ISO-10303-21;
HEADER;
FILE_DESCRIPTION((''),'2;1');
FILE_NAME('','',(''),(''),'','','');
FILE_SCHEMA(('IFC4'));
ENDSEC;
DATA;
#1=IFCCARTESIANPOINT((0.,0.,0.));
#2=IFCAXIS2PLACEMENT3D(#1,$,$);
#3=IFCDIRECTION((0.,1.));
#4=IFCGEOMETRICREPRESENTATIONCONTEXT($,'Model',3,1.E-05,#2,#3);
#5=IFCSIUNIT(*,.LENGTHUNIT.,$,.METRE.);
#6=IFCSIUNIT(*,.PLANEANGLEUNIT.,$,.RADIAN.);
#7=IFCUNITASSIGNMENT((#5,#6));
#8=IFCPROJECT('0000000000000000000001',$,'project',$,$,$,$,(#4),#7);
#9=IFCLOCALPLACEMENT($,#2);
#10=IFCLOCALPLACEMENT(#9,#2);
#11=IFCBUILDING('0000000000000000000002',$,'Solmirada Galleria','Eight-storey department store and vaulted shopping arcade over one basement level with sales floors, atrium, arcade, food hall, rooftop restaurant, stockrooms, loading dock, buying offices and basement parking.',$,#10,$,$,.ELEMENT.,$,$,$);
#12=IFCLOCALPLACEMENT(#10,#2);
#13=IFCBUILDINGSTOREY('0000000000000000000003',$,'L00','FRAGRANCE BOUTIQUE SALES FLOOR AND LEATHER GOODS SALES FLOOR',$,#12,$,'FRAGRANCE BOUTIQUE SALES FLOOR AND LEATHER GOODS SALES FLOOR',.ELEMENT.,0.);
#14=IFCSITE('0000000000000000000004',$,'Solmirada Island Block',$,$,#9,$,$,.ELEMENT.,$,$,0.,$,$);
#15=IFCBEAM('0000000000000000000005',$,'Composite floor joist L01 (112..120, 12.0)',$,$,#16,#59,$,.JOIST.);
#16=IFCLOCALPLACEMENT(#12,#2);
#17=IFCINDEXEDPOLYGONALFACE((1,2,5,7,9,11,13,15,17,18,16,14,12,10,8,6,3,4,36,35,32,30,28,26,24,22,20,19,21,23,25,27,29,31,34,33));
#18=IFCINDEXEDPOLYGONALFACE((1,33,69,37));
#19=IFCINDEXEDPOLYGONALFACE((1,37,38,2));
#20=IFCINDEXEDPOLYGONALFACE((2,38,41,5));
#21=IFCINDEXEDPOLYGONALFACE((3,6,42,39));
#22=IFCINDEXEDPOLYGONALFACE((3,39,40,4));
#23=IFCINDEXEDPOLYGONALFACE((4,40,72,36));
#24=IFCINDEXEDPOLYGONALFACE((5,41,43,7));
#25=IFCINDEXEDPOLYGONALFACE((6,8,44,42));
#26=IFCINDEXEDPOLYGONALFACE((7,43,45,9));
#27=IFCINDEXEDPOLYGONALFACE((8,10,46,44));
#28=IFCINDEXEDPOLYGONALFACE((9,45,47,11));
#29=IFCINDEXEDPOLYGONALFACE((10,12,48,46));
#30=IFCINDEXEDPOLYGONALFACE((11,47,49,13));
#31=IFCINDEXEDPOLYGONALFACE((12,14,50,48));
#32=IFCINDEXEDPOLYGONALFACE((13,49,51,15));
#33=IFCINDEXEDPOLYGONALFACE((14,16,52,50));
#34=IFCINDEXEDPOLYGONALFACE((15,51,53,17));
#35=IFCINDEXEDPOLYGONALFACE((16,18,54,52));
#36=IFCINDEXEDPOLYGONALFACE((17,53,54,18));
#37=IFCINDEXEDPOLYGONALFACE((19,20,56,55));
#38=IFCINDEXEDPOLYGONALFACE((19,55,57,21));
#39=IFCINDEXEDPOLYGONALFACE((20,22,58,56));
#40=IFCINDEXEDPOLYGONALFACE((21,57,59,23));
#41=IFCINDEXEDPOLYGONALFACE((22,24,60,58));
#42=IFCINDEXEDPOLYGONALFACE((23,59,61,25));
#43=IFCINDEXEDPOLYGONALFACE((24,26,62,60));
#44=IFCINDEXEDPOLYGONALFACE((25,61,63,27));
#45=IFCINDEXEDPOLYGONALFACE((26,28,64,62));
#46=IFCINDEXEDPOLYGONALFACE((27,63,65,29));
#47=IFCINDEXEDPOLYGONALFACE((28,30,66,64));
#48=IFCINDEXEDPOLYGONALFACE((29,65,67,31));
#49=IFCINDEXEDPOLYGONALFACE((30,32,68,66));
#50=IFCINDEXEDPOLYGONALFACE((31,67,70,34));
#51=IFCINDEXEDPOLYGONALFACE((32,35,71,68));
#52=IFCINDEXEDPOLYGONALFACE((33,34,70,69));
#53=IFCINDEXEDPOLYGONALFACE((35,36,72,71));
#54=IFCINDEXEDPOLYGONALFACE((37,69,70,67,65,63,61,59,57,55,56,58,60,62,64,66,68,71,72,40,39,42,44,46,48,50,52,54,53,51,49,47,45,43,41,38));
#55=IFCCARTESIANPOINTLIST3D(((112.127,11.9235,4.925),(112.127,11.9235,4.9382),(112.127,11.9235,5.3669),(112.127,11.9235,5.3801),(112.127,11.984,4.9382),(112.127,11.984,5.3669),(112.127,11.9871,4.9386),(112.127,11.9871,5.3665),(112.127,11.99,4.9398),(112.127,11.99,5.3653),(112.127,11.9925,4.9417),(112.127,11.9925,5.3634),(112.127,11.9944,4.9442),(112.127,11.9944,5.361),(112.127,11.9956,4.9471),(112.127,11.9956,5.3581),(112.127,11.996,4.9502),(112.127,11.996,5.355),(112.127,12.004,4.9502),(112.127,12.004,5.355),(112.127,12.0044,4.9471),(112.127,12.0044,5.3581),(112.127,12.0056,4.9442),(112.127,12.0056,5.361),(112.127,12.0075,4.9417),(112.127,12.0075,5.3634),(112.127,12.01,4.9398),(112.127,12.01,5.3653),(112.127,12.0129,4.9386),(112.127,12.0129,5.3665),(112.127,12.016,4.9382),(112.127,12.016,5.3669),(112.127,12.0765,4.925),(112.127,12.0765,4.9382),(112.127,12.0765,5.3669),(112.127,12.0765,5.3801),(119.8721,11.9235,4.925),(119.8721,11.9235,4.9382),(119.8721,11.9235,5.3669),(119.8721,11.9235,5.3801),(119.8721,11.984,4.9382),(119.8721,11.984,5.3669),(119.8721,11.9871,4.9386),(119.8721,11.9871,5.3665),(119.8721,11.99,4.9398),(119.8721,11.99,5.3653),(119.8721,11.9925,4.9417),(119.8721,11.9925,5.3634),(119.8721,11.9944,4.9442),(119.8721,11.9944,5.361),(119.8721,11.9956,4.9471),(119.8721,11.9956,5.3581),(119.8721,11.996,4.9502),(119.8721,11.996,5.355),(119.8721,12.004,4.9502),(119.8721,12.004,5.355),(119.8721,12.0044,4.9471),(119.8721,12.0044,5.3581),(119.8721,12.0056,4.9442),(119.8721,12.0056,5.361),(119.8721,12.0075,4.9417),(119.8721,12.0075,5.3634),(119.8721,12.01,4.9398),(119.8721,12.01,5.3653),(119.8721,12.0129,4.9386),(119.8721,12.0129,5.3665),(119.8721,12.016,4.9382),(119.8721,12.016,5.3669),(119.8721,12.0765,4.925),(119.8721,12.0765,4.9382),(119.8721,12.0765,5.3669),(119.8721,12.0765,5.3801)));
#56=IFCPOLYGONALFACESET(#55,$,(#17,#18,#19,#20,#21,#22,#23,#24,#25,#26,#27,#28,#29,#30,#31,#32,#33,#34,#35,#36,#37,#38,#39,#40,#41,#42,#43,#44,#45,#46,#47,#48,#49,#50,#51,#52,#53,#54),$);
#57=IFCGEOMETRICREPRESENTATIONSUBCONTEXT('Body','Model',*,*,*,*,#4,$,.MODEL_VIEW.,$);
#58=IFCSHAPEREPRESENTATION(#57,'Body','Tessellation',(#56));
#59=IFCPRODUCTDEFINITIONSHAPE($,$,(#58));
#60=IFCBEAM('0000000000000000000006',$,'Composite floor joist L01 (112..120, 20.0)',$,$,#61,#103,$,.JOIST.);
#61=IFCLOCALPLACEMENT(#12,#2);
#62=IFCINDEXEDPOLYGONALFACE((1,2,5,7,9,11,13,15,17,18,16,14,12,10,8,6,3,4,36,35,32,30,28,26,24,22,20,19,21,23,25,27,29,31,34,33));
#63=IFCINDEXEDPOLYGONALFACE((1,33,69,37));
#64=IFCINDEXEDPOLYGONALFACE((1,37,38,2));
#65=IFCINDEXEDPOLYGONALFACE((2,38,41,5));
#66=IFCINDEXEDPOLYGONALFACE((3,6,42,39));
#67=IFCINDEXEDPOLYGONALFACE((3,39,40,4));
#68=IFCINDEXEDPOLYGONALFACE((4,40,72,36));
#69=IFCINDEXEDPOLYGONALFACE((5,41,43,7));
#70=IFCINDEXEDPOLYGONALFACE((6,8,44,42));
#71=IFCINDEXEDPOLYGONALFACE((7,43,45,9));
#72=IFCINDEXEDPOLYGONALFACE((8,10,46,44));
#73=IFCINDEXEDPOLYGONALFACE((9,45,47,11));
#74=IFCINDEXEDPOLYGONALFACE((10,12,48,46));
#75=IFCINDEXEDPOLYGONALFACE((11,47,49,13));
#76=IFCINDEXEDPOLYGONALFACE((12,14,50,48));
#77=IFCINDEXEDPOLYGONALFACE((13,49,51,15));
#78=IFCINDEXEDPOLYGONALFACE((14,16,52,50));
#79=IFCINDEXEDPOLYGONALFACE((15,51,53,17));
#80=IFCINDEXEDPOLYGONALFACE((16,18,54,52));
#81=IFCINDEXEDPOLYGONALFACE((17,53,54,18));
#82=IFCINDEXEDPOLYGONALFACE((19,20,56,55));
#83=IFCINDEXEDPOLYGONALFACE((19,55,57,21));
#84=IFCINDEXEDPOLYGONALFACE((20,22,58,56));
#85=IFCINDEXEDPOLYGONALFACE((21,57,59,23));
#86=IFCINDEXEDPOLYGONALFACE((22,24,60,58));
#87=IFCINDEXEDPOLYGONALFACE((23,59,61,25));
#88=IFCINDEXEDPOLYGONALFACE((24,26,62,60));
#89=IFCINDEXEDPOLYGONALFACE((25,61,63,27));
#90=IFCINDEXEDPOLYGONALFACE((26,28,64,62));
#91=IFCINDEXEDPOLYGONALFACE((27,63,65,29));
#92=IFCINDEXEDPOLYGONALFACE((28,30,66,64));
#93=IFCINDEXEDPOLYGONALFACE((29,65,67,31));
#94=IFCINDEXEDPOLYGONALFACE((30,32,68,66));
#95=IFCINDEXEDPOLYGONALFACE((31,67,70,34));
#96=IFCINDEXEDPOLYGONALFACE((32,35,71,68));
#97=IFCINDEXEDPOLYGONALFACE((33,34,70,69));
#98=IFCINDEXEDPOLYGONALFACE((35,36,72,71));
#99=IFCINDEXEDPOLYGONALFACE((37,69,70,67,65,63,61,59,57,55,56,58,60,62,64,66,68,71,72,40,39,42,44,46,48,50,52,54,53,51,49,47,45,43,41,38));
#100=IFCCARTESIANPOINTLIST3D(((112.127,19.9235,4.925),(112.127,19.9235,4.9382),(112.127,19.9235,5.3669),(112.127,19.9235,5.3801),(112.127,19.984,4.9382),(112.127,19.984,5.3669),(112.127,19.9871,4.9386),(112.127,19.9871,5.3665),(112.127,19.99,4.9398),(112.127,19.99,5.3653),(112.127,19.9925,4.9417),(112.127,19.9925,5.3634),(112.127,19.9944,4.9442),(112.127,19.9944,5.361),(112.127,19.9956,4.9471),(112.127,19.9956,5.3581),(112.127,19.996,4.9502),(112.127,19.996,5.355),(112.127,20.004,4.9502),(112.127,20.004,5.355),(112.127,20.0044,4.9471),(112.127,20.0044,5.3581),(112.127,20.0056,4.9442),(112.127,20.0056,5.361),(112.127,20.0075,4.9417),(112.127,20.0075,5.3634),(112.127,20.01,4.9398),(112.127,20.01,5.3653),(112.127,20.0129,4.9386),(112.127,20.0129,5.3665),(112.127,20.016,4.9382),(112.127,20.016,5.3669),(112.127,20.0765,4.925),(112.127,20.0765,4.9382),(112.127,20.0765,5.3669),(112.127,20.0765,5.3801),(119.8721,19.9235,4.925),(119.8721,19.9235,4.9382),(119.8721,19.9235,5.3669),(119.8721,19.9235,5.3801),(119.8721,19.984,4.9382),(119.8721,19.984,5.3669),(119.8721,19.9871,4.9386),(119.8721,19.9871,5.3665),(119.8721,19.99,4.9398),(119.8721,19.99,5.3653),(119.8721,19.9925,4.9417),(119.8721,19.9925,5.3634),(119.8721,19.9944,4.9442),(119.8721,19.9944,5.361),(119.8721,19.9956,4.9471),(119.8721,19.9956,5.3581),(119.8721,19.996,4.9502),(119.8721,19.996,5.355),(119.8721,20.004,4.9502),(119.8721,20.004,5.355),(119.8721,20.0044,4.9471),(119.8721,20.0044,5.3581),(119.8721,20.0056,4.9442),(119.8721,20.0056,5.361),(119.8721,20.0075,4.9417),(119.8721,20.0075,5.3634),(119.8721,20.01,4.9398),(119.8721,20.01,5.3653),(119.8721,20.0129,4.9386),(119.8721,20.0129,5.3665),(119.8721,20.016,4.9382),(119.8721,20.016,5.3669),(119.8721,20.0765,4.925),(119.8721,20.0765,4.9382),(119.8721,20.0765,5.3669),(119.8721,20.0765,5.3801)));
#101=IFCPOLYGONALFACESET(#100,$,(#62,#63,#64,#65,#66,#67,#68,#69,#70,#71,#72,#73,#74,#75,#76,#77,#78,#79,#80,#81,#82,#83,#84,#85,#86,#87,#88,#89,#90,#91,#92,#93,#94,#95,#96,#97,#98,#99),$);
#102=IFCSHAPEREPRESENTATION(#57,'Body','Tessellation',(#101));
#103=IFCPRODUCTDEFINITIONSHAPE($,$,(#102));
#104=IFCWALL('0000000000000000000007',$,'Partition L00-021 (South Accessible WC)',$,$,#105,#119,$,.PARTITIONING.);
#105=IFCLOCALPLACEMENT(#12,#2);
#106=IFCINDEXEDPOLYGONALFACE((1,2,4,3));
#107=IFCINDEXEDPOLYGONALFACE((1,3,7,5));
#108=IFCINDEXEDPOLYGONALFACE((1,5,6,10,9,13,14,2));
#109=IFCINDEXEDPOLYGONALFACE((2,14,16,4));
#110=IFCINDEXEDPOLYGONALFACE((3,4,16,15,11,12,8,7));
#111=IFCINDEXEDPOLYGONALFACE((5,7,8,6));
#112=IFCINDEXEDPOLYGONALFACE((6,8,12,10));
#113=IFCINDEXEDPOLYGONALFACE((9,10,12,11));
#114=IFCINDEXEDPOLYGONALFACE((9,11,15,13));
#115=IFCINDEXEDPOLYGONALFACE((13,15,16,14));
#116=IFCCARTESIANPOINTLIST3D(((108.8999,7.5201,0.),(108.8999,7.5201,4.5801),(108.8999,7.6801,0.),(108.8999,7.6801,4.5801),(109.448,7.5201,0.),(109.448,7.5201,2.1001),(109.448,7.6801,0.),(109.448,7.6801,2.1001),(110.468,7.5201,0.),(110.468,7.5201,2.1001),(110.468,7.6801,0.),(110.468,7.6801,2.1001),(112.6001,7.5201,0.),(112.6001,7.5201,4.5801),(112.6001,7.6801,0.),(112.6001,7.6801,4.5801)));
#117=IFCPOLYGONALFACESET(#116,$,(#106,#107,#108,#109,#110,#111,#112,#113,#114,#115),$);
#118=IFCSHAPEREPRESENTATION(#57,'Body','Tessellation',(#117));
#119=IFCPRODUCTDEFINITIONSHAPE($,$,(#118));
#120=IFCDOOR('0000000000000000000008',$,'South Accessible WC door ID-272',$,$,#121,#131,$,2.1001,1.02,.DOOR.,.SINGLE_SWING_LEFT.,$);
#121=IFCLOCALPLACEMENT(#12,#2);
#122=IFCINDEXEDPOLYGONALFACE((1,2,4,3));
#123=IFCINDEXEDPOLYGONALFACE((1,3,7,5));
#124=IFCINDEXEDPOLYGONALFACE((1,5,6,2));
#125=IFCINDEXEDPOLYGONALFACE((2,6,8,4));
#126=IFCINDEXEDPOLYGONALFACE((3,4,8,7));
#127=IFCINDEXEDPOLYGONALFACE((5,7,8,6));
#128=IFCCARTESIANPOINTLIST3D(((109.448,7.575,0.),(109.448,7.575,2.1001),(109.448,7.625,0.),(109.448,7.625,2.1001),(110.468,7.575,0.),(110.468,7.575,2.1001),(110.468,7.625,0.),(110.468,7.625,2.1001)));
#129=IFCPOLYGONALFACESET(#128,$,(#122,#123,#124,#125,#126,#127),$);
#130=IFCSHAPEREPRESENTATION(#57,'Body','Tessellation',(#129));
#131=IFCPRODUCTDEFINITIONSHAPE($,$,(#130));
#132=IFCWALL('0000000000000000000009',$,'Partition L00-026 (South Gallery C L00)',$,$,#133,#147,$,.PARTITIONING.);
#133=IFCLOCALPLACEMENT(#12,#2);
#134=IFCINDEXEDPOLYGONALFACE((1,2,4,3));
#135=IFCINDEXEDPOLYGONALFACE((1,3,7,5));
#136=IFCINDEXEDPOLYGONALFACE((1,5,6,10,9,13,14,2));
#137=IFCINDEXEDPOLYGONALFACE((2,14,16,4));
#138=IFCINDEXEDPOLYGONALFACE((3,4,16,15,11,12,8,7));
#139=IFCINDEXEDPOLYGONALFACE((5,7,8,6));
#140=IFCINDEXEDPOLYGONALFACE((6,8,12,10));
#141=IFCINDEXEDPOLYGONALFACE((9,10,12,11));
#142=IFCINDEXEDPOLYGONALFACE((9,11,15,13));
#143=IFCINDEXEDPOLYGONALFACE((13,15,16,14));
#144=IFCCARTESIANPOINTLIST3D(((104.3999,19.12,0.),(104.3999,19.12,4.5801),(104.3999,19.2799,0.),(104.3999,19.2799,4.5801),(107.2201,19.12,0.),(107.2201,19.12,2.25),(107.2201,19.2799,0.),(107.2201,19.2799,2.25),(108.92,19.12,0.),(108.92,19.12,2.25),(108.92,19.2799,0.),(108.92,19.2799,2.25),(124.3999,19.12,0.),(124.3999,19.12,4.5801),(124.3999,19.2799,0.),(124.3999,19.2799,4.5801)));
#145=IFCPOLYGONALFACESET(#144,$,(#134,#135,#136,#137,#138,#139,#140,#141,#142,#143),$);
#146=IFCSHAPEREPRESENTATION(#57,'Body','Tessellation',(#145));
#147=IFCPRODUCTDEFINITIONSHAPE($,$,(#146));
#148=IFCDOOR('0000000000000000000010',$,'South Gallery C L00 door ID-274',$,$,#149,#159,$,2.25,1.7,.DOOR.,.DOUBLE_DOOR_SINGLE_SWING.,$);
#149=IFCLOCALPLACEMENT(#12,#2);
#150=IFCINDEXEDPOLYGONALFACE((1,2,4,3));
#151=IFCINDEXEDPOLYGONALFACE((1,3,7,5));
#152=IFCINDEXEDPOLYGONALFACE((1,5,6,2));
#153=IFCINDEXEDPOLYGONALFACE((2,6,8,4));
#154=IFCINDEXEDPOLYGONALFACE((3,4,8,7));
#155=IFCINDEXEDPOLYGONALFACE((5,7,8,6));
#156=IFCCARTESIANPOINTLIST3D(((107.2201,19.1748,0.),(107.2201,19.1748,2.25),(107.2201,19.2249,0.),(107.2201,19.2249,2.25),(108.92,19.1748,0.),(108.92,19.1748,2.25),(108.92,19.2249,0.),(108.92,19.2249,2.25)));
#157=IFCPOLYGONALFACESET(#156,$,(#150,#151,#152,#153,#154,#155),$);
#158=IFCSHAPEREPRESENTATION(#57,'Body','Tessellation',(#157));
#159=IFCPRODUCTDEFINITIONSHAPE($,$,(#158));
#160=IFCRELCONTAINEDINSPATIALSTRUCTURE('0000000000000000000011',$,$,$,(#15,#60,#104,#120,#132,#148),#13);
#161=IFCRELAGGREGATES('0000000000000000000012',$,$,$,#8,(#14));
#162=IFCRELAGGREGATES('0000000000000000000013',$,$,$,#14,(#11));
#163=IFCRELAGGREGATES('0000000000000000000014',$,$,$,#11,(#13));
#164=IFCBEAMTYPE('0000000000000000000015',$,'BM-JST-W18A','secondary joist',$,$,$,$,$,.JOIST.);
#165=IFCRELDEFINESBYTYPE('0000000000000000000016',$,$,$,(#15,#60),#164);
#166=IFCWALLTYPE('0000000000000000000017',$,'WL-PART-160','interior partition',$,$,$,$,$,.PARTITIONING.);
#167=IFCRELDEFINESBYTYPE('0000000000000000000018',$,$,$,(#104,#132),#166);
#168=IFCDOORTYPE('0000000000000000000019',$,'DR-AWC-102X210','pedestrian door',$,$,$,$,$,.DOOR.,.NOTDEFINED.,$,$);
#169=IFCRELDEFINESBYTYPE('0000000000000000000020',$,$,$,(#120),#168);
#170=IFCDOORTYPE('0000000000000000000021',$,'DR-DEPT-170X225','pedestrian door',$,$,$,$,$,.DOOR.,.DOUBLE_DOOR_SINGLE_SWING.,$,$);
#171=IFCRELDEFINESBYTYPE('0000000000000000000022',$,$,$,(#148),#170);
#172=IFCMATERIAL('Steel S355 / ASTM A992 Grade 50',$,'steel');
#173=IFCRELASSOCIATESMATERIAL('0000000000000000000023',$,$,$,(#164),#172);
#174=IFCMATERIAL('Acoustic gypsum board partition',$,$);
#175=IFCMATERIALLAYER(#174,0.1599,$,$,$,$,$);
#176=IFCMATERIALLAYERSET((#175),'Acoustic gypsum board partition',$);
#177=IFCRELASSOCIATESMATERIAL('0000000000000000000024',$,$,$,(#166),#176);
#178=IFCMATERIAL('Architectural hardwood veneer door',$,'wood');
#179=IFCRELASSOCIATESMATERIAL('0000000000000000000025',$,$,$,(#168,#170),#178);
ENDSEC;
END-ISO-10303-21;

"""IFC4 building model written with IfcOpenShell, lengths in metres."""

from ifc_helpers import new_model, si_unit, direction, frame, frame_2d, origin, origin_2d, place, context, subcontext, project, spatial, rectangle, i_section, extrude, material, layer, layer_set, material_profile, profile_set, type_object, element, fill, save


model = new_model("IFC4")

# Units and contexts
model_context = context("Model", 3, precision=1e-05, world=origin(), true_north=direction((0.0, 1.0)))
body_context = subcontext(model_context, "Body", "Model", "MODEL_VIEW")
ifc_project = project(units=[si_unit("LENGTHUNIT", "METRE"), si_unit("PLANEANGLEUNIT", "RADIAN")], contexts=[model_context])

# Site, building, storey
site_placement = place(None, origin())
site = spatial("IfcSite", under=ifc_project, at=site_placement, Name="Solmirada Island Block", CompositionType="ELEMENT", RefElevation=0.0)
building_placement = place(site_placement, origin())
building = spatial("IfcBuilding", under=site, at=building_placement, Name="Solmirada Galleria", Description="Eight-storey department store and vaulted shopping arcade over one basement level with sales floors, atrium, arcade, food hall, rooftop restaurant, stockrooms, loading dock, buying offices and basement parking.", CompositionType="ELEMENT")
storey_placement = place(building_placement, origin())
storey = spatial("IfcBuildingStorey", under=building, at=storey_placement, Name="L00", Description="FRAGRANCE BOUTIQUE SALES FLOOR AND LEATHER GOODS SALES FLOOR", LongName="FRAGRANCE BOUTIQUE SALES FLOOR AND LEATHER GOODS SALES FLOOR", CompositionType="ELEMENT", Elevation=0.0)

# Beams
ifc_material_1 = material(Name="Steel S355 / ASTM A992 Grade 50", Category="steel")
ifc_material_profile_1 = material_profile(ifc_material_1, i_section(OverallWidth=0.1531, OverallDepth=0.4551, WebThickness=0.0081, FlangeThickness=0.0132, FilletRadius=0.012, at=origin_2d()), Name="W18X40")
ifc_profile_set_1 = profile_set([ifc_material_profile_1], Name="Steel S355 / ASTM A992 Grade 50")
beam_type_1 = type_object("IfcBeamType", Name="BM-JST-W18A", Description="secondary joist", PredefinedType="JOIST", material=ifc_profile_set_1)
for number, where, z_axis, x_axis, name in (
    (1, (112.127, 12.0, 5.1526), (1.0, 0.0, 0.0), (0.0, 1.0, 0.0), "Composite floor joist L01 (112..120, 12.0)"),
    (2, (112.127, 20.0, 5.1526), (1.0, 0.0, 0.0), (0.0, 1.0, 0.0), "Composite floor joist L01 (112..120, 20.0)"),
):
    element("IfcBeam", number, at=place(storey_placement, frame(where, z_axis=z_axis, x_axis=x_axis)), inside=storey, type_object=beam_type_1, Name=name, PredefinedType="JOIST", context=body_context, shape_type="SweptSolid", body=[
        extrude(i_section(OverallWidth=0.1531, OverallDepth=0.4551, WebThickness=0.0081, FlangeThickness=0.0132, FilletRadius=0.012, at=origin_2d()), origin(), (0.0, 0.0, 1.0), 7.7451),
    ])

# Walls, openings, doors
ifc_material_2 = material(Name="Acoustic gypsum board partition")
ifc_layer = layer(ifc_material_2, 0.1599)
ifc_layer_set = layer_set([ifc_layer], Name="Acoustic gypsum board partition")
wall_type = type_object("IfcWallType", Name="WL-PART-160", Description="interior partition", PredefinedType="PARTITIONING", material=ifc_layer_set)
wall_1_placement = place(storey_placement, frame((108.8999, 7.6001, 0.0), z_axis=(0.0, 0.0, 1.0), x_axis=(1.0, 0.0, 0.0)))
wall_1 = element("IfcWall", 3, at=wall_1_placement, inside=storey, type_object=wall_type, Name="Partition L00-021 (South Accessible WC)", PredefinedType="PARTITIONING", context=body_context, shape_type="SweptSolid", body=[
    extrude(rectangle(XDim=3.7002, YDim=0.1599, at=frame_2d((1.8501, 0.0))), origin(), (0.0, 0.0, 1.0), 4.5801),
])
opening_1_placement = place(wall_1_placement, frame((0.5481, 0.0, 0.0)))
opening_1 = element("IfcOpeningElement", 4, at=opening_1_placement, cuts=wall_1, PredefinedType="OPENING", context=body_context, shape_type="SweptSolid", body=[
    extrude(rectangle(XDim=1.02, YDim=2.1001, at=frame_2d((0.51, 1.05))), frame((0.0, 0.0898, 0.0), z_axis=(0.0, -1.0, 0.0), x_axis=(1.0, 0.0, 0.0)), (0.0, 0.0, 1.0), 0.1799),
])
ifc_material_3 = material(Name="Architectural hardwood veneer door", Category="wood")
door_type_1 = type_object("IfcDoorType", Name="DR-AWC-102X210", Description="pedestrian door", OperationType="NOTDEFINED", PredefinedType="DOOR", material=ifc_material_3)
door_1_placement = place(opening_1_placement, origin())
door_1 = element("IfcDoor", 5, at=door_1_placement, inside=storey, type_object=door_type_1, Name="South Accessible WC door ID-272", OperationType="SINGLE_SWING_LEFT", OverallHeight=2.1001, OverallWidth=1.02, PredefinedType="DOOR", context=body_context, shape_type="SweptSolid", body=[
    extrude(rectangle(XDim=1.02, YDim=2.1001, at=frame_2d((0.51, 1.05))), frame((0.0, 0.0249, 0.0), z_axis=(0.0, -1.0, 0.0), x_axis=(1.0, 0.0, 0.0)), (0.0, 0.0, 1.0), 0.05),
])
fill(opening_1, door_1)
wall_2_placement = place(storey_placement, frame((104.3999, 19.2, 0.0), z_axis=(0.0, 0.0, 1.0), x_axis=(1.0, 0.0, 0.0)))
wall_2 = element("IfcWall", 6, at=wall_2_placement, inside=storey, type_object=wall_type, Name="Partition L00-026 (South Gallery C L00)", PredefinedType="PARTITIONING", context=body_context, shape_type="SweptSolid", body=[
    extrude(rectangle(XDim=20.0, YDim=0.1599, at=frame_2d((10.0, 0.0))), origin(), (0.0, 0.0, 1.0), 4.5801),
])
opening_2_placement = place(wall_2_placement, frame((2.8201, 0.0, 0.0)))
opening_2 = element("IfcOpeningElement", 7, at=opening_2_placement, cuts=wall_2, PredefinedType="OPENING", context=body_context, shape_type="SweptSolid", body=[
    extrude(rectangle(XDim=1.7, YDim=2.25, at=frame_2d((0.8501, 1.125))), frame((0.0, 0.0898, 0.0), z_axis=(0.0, -1.0, 0.0), x_axis=(1.0, 0.0, 0.0)), (0.0, 0.0, 1.0), 0.1799),
])
door_type_2 = type_object("IfcDoorType", Name="DR-DEPT-170X225", Description="pedestrian door", OperationType="DOUBLE_DOOR_SINGLE_SWING", PredefinedType="DOOR", material=ifc_material_3)
door_2_placement = place(opening_2_placement, origin())
door_2 = element("IfcDoor", 8, at=door_2_placement, inside=storey, type_object=door_type_2, Name="South Gallery C L00 door ID-274", OperationType="DOUBLE_DOOR_SINGLE_SWING", OverallHeight=2.25, OverallWidth=1.7, PredefinedType="DOOR", context=body_context, shape_type="SweptSolid", body=[
    extrude(rectangle(XDim=1.7, YDim=2.25, at=frame_2d((0.8501, 1.125))), frame((0.0, 0.0249, 0.0), z_axis=(0.0, -1.0, 0.0), x_axis=(1.0, 0.0, 0.0)), (0.0, 0.0, 1.0), 0.05),
])
fill(opening_2, door_2)

save(model, "model.ifc")
